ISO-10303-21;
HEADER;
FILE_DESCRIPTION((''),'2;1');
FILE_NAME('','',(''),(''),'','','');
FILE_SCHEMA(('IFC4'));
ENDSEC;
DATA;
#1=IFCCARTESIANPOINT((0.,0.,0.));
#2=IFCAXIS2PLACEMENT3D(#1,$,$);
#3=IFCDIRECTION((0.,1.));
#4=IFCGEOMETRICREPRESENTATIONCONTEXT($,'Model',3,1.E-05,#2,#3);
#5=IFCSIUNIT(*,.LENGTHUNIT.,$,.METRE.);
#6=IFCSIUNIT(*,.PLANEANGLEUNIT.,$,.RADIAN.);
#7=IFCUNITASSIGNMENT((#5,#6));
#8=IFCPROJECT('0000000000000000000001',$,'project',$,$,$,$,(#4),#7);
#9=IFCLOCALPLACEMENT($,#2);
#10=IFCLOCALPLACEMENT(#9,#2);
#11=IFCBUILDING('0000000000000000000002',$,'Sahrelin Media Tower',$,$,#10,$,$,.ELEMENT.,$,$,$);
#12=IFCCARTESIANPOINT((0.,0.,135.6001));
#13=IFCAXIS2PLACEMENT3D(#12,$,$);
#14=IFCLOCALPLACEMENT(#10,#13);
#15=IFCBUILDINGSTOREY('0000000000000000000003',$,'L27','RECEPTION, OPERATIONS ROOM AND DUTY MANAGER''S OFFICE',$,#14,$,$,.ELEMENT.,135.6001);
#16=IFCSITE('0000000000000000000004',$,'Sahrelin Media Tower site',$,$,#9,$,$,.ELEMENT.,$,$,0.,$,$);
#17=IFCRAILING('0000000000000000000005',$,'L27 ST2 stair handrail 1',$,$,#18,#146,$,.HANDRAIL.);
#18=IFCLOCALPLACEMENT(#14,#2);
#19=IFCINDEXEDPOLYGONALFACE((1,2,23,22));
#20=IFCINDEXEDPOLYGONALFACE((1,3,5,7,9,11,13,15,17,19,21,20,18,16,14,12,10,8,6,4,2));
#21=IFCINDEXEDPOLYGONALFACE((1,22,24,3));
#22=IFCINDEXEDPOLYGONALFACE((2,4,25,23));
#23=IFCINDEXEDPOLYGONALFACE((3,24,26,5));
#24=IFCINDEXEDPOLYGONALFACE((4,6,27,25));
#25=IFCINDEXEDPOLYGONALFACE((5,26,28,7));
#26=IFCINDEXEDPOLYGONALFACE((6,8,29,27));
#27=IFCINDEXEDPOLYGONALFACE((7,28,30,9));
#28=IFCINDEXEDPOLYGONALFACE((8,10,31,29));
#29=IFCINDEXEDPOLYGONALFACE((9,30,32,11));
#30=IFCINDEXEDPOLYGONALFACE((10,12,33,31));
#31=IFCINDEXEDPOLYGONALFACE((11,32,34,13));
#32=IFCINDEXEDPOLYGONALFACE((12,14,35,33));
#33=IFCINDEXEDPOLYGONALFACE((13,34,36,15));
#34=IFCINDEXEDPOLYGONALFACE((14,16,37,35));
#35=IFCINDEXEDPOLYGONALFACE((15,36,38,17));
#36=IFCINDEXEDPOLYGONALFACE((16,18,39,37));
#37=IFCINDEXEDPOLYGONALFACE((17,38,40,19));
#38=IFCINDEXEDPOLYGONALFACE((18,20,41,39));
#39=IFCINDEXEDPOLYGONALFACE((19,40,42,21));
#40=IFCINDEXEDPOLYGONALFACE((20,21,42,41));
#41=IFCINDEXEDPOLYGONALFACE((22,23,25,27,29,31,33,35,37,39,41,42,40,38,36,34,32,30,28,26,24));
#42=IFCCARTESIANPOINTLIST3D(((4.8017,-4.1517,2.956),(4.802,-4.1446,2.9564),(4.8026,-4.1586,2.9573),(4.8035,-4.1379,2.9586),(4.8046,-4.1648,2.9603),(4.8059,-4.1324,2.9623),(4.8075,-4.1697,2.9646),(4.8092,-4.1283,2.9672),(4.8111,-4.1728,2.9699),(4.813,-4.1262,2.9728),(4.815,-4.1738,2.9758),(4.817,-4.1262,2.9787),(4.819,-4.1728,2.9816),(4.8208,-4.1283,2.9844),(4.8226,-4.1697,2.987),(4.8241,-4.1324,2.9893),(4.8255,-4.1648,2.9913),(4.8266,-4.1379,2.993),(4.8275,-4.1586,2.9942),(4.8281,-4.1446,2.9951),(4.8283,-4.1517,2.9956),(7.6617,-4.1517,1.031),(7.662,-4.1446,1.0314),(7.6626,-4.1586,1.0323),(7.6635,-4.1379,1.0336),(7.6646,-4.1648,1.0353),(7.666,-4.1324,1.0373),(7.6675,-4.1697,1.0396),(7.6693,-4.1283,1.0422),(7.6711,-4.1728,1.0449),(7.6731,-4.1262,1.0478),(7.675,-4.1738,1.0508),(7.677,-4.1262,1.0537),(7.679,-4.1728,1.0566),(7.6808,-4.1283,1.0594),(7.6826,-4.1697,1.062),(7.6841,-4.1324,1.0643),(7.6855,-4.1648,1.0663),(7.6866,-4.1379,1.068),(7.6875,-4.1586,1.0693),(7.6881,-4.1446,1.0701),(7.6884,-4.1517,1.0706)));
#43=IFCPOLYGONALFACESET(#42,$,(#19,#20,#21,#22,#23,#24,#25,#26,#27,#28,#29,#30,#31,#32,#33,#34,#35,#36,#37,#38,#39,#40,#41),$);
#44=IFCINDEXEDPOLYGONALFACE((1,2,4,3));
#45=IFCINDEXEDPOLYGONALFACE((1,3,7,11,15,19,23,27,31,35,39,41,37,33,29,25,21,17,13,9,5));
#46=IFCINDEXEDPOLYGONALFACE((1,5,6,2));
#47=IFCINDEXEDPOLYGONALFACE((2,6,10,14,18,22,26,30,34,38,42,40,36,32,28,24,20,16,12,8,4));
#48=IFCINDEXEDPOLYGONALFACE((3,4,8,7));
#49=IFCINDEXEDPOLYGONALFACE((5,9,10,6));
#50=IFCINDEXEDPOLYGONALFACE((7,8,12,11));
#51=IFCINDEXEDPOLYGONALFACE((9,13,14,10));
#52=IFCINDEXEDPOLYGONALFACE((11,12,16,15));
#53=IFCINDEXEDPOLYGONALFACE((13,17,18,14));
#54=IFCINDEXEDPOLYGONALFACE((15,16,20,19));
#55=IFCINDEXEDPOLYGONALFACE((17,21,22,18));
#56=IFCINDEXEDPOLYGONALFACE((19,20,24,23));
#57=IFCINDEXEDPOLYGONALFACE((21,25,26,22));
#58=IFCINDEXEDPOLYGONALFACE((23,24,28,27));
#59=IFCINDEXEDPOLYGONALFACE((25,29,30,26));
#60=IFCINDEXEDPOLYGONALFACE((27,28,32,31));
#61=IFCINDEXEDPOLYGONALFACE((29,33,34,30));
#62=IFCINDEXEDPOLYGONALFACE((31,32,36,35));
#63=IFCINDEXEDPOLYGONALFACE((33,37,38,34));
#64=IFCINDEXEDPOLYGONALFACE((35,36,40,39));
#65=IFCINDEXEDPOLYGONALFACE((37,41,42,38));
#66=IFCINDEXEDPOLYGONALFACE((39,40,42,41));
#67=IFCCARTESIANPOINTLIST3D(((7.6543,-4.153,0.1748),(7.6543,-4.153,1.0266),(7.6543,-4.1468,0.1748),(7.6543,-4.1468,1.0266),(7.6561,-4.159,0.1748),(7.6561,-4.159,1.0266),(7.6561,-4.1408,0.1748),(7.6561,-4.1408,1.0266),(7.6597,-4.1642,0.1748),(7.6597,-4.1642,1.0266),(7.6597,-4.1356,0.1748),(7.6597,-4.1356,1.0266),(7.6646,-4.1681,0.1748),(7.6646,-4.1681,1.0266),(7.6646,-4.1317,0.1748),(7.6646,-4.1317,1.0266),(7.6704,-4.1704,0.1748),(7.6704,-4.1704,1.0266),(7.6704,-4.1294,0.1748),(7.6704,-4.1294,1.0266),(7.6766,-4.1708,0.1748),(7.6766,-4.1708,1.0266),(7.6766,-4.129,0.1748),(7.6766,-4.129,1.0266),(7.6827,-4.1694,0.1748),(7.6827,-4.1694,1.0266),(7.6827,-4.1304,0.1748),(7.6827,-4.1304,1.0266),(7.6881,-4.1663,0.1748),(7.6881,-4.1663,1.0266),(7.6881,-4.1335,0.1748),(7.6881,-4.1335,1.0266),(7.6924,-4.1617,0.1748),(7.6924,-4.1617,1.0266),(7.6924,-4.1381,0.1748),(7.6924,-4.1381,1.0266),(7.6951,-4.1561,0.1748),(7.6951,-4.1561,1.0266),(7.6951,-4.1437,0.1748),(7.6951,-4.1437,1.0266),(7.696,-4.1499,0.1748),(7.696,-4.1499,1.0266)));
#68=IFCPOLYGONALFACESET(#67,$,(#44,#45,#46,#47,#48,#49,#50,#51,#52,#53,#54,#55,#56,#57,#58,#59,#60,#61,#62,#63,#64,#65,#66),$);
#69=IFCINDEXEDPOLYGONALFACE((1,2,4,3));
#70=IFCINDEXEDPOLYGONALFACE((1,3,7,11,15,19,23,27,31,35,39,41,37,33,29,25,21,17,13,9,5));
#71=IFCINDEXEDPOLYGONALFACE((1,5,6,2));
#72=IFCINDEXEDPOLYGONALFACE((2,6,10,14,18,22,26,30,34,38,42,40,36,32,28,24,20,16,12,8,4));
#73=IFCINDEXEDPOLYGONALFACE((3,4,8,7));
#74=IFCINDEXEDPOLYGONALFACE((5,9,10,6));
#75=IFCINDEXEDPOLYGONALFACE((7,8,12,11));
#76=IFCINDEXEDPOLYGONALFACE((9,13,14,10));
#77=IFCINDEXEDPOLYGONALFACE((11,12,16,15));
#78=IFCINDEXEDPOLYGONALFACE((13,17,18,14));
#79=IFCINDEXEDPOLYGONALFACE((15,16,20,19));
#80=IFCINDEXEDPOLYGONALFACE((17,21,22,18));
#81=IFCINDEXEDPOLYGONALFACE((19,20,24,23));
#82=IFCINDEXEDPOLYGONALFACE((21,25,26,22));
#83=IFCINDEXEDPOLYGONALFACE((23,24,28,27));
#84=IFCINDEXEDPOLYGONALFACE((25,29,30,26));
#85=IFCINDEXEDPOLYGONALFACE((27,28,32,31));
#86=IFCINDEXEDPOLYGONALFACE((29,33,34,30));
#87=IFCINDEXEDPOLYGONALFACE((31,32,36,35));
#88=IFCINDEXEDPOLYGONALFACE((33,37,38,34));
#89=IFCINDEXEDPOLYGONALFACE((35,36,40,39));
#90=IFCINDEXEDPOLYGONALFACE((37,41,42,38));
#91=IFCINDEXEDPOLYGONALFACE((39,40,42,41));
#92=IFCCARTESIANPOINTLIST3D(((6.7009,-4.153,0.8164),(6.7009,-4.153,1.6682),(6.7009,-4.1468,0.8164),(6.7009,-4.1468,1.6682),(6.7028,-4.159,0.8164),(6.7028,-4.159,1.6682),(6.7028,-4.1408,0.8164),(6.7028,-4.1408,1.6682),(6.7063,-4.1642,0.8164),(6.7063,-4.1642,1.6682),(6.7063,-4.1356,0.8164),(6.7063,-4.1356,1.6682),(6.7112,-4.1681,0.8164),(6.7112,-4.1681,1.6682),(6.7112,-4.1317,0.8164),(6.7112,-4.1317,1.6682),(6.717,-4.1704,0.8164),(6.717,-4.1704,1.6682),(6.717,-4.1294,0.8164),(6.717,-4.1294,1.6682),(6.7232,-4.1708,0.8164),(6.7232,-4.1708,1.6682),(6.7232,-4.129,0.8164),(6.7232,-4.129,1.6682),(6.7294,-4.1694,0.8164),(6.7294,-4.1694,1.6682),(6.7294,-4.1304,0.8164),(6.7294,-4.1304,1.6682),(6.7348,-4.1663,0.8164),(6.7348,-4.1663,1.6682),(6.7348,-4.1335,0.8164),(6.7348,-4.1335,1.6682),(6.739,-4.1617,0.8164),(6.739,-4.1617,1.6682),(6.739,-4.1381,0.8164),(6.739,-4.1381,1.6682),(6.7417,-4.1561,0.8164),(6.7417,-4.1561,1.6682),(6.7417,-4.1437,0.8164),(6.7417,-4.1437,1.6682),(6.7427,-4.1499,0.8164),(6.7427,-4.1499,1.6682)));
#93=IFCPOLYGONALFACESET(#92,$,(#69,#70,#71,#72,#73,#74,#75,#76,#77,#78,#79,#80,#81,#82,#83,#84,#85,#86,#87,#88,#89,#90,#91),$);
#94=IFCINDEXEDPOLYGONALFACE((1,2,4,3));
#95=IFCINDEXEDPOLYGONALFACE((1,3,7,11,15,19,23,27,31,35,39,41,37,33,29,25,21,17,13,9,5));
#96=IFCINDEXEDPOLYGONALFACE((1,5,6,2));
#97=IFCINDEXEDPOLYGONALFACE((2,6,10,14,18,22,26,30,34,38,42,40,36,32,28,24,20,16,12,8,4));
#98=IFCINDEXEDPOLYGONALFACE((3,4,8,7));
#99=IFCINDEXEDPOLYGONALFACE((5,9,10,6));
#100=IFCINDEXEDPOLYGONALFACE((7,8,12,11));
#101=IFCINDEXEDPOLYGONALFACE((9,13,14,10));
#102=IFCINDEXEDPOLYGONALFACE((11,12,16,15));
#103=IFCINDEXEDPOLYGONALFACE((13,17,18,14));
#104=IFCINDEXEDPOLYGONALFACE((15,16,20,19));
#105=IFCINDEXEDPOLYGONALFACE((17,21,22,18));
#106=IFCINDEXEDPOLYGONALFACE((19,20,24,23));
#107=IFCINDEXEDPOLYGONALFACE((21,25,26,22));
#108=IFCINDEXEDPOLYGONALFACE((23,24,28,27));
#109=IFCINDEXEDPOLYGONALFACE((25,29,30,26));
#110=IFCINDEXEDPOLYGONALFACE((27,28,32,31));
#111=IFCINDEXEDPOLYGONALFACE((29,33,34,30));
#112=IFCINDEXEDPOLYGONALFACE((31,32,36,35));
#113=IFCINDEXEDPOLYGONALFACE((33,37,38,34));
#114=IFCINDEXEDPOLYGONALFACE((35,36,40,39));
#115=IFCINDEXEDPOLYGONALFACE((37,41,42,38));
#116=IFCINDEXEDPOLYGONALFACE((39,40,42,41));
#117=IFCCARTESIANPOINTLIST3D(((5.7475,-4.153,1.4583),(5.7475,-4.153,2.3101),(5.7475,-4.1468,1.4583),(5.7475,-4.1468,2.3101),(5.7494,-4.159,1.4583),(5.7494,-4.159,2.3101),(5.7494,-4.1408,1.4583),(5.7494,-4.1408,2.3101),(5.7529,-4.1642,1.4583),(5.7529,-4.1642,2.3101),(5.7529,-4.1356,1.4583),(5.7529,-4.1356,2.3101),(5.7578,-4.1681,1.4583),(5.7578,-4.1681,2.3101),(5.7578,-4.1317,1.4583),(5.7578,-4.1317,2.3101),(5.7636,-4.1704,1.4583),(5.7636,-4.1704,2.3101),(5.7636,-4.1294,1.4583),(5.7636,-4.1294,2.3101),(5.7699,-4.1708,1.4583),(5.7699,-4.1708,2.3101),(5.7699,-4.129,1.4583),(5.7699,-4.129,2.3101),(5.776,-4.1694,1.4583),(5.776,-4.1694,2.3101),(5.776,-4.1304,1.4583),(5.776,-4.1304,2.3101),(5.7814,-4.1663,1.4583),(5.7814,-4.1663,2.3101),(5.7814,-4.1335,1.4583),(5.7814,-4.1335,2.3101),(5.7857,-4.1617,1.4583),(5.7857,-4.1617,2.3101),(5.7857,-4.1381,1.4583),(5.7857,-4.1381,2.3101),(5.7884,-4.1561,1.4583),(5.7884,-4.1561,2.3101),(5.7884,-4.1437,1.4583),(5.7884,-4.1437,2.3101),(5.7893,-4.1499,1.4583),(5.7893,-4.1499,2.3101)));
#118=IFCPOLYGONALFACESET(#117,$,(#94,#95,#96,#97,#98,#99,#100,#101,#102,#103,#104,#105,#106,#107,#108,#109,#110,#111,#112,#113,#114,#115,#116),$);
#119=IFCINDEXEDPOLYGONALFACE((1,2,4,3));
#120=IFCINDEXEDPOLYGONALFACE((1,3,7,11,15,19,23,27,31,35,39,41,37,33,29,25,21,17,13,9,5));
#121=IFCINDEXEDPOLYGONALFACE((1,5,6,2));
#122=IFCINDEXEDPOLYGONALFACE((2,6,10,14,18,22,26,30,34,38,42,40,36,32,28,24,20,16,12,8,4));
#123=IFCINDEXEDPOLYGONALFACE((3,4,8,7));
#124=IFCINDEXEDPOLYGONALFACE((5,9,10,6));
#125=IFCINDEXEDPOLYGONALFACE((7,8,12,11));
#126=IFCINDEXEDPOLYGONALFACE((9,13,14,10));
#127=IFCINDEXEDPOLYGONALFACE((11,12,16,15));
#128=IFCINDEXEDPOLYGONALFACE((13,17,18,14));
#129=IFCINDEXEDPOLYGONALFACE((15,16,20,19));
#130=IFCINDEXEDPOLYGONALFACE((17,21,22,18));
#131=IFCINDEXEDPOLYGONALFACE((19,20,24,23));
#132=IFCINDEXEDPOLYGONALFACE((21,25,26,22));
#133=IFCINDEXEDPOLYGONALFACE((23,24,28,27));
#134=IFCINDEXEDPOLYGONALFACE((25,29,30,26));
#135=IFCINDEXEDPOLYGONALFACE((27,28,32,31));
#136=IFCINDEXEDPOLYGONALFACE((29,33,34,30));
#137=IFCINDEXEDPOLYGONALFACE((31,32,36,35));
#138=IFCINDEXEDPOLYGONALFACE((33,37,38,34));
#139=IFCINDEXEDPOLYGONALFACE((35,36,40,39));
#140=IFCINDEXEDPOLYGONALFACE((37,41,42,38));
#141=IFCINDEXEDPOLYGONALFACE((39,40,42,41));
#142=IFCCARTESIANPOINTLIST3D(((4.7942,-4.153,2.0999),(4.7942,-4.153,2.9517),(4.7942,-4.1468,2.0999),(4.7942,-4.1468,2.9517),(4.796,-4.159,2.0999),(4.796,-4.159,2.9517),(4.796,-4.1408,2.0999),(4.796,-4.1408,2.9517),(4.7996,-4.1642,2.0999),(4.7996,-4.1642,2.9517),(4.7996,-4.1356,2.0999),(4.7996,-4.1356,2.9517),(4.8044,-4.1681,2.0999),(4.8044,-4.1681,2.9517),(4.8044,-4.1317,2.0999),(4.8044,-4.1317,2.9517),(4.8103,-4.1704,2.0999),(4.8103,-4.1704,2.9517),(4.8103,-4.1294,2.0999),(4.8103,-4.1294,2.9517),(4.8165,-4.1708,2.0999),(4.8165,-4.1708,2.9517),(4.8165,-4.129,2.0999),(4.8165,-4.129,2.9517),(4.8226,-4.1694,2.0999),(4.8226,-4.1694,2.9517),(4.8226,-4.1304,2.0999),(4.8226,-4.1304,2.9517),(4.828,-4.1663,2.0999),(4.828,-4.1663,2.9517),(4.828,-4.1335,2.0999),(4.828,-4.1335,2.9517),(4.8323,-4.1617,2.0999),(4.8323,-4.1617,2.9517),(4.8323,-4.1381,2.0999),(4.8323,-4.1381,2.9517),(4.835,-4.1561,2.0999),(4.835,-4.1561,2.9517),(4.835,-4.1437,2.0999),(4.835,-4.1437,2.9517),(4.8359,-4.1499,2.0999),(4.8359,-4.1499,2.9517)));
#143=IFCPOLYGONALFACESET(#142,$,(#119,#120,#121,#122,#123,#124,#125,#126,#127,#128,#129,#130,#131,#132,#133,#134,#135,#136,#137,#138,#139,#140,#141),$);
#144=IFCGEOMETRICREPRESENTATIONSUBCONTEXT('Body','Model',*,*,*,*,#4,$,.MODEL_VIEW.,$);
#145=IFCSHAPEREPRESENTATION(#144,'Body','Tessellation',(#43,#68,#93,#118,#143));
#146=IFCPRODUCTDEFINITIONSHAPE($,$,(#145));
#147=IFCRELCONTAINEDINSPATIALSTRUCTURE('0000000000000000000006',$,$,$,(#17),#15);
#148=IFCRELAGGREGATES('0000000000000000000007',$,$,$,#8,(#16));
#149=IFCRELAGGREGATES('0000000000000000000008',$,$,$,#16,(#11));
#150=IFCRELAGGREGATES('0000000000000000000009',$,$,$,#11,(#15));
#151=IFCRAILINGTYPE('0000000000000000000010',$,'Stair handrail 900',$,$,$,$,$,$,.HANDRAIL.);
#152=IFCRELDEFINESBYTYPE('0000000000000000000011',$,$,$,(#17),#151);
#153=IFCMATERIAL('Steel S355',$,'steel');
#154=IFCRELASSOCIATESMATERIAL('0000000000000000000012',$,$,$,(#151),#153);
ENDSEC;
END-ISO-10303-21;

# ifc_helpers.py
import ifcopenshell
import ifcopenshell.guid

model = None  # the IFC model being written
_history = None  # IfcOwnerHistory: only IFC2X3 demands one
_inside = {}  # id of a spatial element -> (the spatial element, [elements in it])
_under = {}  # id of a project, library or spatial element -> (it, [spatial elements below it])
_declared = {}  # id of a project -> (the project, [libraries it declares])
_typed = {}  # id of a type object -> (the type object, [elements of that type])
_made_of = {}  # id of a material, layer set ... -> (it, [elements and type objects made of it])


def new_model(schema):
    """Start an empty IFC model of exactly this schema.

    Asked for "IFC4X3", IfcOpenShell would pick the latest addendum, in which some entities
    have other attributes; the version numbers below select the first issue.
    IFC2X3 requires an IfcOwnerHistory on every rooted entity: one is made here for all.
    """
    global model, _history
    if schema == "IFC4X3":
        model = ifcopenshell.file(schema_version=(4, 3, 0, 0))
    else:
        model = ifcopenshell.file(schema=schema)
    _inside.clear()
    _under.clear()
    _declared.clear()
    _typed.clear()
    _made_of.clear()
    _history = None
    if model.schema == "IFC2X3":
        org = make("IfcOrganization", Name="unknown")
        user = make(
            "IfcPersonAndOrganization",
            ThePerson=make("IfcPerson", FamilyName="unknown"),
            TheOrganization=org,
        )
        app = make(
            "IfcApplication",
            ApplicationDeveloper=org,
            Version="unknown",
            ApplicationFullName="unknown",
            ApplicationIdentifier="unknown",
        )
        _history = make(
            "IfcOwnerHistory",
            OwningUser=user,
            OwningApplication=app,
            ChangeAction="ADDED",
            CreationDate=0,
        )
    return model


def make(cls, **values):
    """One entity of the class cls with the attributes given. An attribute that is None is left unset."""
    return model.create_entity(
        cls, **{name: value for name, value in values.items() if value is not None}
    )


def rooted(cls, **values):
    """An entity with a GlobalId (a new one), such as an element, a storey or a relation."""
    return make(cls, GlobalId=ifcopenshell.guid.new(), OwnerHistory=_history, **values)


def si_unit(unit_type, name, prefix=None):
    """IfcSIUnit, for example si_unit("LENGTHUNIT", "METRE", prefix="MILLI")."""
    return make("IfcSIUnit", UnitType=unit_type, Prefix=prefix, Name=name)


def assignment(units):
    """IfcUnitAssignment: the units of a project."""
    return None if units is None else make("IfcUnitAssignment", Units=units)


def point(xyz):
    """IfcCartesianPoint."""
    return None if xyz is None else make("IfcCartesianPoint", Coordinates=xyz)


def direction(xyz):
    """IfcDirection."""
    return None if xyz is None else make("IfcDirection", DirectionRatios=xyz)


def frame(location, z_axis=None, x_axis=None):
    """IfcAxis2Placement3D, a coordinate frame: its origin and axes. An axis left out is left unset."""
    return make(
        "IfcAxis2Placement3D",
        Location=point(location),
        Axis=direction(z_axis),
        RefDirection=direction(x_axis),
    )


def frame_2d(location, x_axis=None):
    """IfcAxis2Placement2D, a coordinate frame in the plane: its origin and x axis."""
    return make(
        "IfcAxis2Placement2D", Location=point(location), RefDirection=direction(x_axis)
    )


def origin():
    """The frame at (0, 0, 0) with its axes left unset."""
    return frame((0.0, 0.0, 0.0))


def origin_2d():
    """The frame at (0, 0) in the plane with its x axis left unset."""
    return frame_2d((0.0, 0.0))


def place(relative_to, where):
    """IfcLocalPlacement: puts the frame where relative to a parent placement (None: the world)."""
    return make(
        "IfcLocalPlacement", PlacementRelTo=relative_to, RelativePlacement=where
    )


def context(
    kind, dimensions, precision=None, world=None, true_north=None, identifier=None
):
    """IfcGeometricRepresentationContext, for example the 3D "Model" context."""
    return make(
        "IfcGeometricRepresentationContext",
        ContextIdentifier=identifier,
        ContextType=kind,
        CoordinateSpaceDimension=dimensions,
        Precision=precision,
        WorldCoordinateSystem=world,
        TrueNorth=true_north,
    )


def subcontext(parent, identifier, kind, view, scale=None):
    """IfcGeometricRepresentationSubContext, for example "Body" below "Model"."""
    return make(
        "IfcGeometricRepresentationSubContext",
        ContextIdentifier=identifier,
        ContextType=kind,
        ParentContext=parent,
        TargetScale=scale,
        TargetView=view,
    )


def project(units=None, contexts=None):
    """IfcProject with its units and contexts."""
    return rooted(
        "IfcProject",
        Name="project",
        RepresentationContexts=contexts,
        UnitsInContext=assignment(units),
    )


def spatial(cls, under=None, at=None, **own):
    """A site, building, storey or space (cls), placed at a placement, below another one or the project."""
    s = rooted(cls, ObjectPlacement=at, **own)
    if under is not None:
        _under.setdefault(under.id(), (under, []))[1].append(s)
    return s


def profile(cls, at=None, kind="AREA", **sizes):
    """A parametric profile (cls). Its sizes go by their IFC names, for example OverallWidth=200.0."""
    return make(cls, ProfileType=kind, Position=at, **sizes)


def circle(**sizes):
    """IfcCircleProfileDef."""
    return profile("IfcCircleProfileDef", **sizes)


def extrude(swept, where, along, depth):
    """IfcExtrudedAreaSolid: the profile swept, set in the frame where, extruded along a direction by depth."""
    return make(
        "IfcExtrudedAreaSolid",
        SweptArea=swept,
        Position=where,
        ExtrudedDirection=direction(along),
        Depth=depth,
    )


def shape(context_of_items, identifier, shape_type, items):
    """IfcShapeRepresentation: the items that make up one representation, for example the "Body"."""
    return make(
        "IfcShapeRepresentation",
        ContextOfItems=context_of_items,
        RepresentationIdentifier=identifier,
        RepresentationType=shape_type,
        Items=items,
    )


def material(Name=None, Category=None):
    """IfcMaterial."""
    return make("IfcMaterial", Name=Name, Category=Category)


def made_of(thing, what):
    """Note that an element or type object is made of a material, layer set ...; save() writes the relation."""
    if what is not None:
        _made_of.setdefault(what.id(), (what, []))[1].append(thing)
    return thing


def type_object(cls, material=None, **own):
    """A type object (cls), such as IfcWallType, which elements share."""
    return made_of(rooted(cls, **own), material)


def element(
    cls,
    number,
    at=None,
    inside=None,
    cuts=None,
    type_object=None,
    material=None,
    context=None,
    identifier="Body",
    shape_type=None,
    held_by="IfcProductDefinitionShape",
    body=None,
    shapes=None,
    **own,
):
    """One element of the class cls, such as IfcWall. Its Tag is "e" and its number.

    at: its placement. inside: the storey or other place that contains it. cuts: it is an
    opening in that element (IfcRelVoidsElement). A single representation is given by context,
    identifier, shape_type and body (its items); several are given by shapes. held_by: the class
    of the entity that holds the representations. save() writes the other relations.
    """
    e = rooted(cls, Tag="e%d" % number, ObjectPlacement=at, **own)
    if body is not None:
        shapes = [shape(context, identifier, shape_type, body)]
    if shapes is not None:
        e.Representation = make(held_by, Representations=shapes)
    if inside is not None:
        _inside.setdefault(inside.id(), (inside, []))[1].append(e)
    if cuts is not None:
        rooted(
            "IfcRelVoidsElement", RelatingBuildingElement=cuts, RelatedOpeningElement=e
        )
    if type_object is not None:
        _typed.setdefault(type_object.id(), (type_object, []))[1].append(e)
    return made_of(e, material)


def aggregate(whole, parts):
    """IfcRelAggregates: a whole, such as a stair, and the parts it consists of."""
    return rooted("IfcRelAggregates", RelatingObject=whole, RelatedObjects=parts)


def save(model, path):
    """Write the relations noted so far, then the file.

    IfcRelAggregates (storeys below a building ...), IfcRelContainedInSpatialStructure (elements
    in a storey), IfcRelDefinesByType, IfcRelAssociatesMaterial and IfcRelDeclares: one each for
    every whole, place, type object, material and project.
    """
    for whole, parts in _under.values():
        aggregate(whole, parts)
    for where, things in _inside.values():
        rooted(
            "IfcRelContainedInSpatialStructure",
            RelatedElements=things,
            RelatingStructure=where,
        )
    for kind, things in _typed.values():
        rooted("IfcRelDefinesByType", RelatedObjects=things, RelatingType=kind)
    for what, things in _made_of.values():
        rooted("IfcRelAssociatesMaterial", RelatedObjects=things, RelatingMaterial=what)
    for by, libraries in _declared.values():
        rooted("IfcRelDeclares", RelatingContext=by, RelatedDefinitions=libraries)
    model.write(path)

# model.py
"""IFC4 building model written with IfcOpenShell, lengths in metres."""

from ifc_helpers import new_model, si_unit, direction, frame, origin, origin_2d, place, context, subcontext, project, spatial, circle, extrude, material, type_object, element, save


model = new_model("IFC4")

# Units and contexts
model_context = context("Model", 3, precision=1e-05, world=origin(), true_north=direction((0.0, 1.0)))
body_context = subcontext(model_context, "Body", "Model", "MODEL_VIEW")
ifc_project = project(units=[si_unit("LENGTHUNIT", "METRE"), si_unit("PLANEANGLEUNIT", "RADIAN")], contexts=[model_context])

# Site, building, storey
site_placement = place(None, origin())
site = spatial("IfcSite", under=ifc_project, at=site_placement, Name="Sahrelin Media Tower site", CompositionType="ELEMENT", RefElevation=0.0)
building_placement = place(site_placement, origin())
building = spatial("IfcBuilding", under=site, at=building_placement, Name="Sahrelin Media Tower", CompositionType="ELEMENT")
storey_placement = place(building_placement, frame((0.0, 0.0, 135.6001)))
storey = spatial("IfcBuildingStorey", under=building, at=storey_placement, Name="L27", Description="RECEPTION, OPERATIONS ROOM AND DUTY MANAGER'S OFFICE", CompositionType="ELEMENT", Elevation=135.6001)

# Shared definitions
ifc_material_1 = material(Name="Steel S355", Category="steel")

# Railing
railing_type_1 = type_object("IfcRailingType", Name="Stair handrail 900", PredefinedType="HANDRAIL", material=ifc_material_1)
railing_1_placement = place(storey_placement, frame((7.675, -4.1499, 0.1748)))
element("IfcRailing", 1, at=railing_1_placement, inside=storey, type_object=railing_type_1, Name="L27 ST2 stair handrail 1", PredefinedType="HANDRAIL", context=body_context, shape_type="SweptSolid", body=[
    extrude(circle(Radius=0.0239, at=origin_2d()), frame((0.0, 0.0, 0.876), z_axis=(-0.829591, 0.0, 0.558372), x_axis=(0.0, -1.0, 0.0)), (0.0, 0.0, 1.0), 3.4475),
    extrude(circle(Radius=0.021, at=origin_2d()), origin(), (0.0, 0.0, 1.0), 0.8518),
    extrude(circle(Radius=0.021, at=origin_2d()), frame((-0.9534, 0.0, 0.6416)), (0.0, 0.0, 1.0), 0.8518),
    extrude(circle(Radius=0.021, at=origin_2d()), frame((-1.9067, 0.0, 1.2834)), (0.0, 0.0, 1.0), 0.8518),
    extrude(circle(Radius=0.021, at=origin_2d()), frame((-2.8601, 0.0, 1.925)), (0.0, 0.0, 1.0), 0.8518),
])

save(model, "model.ifc")
